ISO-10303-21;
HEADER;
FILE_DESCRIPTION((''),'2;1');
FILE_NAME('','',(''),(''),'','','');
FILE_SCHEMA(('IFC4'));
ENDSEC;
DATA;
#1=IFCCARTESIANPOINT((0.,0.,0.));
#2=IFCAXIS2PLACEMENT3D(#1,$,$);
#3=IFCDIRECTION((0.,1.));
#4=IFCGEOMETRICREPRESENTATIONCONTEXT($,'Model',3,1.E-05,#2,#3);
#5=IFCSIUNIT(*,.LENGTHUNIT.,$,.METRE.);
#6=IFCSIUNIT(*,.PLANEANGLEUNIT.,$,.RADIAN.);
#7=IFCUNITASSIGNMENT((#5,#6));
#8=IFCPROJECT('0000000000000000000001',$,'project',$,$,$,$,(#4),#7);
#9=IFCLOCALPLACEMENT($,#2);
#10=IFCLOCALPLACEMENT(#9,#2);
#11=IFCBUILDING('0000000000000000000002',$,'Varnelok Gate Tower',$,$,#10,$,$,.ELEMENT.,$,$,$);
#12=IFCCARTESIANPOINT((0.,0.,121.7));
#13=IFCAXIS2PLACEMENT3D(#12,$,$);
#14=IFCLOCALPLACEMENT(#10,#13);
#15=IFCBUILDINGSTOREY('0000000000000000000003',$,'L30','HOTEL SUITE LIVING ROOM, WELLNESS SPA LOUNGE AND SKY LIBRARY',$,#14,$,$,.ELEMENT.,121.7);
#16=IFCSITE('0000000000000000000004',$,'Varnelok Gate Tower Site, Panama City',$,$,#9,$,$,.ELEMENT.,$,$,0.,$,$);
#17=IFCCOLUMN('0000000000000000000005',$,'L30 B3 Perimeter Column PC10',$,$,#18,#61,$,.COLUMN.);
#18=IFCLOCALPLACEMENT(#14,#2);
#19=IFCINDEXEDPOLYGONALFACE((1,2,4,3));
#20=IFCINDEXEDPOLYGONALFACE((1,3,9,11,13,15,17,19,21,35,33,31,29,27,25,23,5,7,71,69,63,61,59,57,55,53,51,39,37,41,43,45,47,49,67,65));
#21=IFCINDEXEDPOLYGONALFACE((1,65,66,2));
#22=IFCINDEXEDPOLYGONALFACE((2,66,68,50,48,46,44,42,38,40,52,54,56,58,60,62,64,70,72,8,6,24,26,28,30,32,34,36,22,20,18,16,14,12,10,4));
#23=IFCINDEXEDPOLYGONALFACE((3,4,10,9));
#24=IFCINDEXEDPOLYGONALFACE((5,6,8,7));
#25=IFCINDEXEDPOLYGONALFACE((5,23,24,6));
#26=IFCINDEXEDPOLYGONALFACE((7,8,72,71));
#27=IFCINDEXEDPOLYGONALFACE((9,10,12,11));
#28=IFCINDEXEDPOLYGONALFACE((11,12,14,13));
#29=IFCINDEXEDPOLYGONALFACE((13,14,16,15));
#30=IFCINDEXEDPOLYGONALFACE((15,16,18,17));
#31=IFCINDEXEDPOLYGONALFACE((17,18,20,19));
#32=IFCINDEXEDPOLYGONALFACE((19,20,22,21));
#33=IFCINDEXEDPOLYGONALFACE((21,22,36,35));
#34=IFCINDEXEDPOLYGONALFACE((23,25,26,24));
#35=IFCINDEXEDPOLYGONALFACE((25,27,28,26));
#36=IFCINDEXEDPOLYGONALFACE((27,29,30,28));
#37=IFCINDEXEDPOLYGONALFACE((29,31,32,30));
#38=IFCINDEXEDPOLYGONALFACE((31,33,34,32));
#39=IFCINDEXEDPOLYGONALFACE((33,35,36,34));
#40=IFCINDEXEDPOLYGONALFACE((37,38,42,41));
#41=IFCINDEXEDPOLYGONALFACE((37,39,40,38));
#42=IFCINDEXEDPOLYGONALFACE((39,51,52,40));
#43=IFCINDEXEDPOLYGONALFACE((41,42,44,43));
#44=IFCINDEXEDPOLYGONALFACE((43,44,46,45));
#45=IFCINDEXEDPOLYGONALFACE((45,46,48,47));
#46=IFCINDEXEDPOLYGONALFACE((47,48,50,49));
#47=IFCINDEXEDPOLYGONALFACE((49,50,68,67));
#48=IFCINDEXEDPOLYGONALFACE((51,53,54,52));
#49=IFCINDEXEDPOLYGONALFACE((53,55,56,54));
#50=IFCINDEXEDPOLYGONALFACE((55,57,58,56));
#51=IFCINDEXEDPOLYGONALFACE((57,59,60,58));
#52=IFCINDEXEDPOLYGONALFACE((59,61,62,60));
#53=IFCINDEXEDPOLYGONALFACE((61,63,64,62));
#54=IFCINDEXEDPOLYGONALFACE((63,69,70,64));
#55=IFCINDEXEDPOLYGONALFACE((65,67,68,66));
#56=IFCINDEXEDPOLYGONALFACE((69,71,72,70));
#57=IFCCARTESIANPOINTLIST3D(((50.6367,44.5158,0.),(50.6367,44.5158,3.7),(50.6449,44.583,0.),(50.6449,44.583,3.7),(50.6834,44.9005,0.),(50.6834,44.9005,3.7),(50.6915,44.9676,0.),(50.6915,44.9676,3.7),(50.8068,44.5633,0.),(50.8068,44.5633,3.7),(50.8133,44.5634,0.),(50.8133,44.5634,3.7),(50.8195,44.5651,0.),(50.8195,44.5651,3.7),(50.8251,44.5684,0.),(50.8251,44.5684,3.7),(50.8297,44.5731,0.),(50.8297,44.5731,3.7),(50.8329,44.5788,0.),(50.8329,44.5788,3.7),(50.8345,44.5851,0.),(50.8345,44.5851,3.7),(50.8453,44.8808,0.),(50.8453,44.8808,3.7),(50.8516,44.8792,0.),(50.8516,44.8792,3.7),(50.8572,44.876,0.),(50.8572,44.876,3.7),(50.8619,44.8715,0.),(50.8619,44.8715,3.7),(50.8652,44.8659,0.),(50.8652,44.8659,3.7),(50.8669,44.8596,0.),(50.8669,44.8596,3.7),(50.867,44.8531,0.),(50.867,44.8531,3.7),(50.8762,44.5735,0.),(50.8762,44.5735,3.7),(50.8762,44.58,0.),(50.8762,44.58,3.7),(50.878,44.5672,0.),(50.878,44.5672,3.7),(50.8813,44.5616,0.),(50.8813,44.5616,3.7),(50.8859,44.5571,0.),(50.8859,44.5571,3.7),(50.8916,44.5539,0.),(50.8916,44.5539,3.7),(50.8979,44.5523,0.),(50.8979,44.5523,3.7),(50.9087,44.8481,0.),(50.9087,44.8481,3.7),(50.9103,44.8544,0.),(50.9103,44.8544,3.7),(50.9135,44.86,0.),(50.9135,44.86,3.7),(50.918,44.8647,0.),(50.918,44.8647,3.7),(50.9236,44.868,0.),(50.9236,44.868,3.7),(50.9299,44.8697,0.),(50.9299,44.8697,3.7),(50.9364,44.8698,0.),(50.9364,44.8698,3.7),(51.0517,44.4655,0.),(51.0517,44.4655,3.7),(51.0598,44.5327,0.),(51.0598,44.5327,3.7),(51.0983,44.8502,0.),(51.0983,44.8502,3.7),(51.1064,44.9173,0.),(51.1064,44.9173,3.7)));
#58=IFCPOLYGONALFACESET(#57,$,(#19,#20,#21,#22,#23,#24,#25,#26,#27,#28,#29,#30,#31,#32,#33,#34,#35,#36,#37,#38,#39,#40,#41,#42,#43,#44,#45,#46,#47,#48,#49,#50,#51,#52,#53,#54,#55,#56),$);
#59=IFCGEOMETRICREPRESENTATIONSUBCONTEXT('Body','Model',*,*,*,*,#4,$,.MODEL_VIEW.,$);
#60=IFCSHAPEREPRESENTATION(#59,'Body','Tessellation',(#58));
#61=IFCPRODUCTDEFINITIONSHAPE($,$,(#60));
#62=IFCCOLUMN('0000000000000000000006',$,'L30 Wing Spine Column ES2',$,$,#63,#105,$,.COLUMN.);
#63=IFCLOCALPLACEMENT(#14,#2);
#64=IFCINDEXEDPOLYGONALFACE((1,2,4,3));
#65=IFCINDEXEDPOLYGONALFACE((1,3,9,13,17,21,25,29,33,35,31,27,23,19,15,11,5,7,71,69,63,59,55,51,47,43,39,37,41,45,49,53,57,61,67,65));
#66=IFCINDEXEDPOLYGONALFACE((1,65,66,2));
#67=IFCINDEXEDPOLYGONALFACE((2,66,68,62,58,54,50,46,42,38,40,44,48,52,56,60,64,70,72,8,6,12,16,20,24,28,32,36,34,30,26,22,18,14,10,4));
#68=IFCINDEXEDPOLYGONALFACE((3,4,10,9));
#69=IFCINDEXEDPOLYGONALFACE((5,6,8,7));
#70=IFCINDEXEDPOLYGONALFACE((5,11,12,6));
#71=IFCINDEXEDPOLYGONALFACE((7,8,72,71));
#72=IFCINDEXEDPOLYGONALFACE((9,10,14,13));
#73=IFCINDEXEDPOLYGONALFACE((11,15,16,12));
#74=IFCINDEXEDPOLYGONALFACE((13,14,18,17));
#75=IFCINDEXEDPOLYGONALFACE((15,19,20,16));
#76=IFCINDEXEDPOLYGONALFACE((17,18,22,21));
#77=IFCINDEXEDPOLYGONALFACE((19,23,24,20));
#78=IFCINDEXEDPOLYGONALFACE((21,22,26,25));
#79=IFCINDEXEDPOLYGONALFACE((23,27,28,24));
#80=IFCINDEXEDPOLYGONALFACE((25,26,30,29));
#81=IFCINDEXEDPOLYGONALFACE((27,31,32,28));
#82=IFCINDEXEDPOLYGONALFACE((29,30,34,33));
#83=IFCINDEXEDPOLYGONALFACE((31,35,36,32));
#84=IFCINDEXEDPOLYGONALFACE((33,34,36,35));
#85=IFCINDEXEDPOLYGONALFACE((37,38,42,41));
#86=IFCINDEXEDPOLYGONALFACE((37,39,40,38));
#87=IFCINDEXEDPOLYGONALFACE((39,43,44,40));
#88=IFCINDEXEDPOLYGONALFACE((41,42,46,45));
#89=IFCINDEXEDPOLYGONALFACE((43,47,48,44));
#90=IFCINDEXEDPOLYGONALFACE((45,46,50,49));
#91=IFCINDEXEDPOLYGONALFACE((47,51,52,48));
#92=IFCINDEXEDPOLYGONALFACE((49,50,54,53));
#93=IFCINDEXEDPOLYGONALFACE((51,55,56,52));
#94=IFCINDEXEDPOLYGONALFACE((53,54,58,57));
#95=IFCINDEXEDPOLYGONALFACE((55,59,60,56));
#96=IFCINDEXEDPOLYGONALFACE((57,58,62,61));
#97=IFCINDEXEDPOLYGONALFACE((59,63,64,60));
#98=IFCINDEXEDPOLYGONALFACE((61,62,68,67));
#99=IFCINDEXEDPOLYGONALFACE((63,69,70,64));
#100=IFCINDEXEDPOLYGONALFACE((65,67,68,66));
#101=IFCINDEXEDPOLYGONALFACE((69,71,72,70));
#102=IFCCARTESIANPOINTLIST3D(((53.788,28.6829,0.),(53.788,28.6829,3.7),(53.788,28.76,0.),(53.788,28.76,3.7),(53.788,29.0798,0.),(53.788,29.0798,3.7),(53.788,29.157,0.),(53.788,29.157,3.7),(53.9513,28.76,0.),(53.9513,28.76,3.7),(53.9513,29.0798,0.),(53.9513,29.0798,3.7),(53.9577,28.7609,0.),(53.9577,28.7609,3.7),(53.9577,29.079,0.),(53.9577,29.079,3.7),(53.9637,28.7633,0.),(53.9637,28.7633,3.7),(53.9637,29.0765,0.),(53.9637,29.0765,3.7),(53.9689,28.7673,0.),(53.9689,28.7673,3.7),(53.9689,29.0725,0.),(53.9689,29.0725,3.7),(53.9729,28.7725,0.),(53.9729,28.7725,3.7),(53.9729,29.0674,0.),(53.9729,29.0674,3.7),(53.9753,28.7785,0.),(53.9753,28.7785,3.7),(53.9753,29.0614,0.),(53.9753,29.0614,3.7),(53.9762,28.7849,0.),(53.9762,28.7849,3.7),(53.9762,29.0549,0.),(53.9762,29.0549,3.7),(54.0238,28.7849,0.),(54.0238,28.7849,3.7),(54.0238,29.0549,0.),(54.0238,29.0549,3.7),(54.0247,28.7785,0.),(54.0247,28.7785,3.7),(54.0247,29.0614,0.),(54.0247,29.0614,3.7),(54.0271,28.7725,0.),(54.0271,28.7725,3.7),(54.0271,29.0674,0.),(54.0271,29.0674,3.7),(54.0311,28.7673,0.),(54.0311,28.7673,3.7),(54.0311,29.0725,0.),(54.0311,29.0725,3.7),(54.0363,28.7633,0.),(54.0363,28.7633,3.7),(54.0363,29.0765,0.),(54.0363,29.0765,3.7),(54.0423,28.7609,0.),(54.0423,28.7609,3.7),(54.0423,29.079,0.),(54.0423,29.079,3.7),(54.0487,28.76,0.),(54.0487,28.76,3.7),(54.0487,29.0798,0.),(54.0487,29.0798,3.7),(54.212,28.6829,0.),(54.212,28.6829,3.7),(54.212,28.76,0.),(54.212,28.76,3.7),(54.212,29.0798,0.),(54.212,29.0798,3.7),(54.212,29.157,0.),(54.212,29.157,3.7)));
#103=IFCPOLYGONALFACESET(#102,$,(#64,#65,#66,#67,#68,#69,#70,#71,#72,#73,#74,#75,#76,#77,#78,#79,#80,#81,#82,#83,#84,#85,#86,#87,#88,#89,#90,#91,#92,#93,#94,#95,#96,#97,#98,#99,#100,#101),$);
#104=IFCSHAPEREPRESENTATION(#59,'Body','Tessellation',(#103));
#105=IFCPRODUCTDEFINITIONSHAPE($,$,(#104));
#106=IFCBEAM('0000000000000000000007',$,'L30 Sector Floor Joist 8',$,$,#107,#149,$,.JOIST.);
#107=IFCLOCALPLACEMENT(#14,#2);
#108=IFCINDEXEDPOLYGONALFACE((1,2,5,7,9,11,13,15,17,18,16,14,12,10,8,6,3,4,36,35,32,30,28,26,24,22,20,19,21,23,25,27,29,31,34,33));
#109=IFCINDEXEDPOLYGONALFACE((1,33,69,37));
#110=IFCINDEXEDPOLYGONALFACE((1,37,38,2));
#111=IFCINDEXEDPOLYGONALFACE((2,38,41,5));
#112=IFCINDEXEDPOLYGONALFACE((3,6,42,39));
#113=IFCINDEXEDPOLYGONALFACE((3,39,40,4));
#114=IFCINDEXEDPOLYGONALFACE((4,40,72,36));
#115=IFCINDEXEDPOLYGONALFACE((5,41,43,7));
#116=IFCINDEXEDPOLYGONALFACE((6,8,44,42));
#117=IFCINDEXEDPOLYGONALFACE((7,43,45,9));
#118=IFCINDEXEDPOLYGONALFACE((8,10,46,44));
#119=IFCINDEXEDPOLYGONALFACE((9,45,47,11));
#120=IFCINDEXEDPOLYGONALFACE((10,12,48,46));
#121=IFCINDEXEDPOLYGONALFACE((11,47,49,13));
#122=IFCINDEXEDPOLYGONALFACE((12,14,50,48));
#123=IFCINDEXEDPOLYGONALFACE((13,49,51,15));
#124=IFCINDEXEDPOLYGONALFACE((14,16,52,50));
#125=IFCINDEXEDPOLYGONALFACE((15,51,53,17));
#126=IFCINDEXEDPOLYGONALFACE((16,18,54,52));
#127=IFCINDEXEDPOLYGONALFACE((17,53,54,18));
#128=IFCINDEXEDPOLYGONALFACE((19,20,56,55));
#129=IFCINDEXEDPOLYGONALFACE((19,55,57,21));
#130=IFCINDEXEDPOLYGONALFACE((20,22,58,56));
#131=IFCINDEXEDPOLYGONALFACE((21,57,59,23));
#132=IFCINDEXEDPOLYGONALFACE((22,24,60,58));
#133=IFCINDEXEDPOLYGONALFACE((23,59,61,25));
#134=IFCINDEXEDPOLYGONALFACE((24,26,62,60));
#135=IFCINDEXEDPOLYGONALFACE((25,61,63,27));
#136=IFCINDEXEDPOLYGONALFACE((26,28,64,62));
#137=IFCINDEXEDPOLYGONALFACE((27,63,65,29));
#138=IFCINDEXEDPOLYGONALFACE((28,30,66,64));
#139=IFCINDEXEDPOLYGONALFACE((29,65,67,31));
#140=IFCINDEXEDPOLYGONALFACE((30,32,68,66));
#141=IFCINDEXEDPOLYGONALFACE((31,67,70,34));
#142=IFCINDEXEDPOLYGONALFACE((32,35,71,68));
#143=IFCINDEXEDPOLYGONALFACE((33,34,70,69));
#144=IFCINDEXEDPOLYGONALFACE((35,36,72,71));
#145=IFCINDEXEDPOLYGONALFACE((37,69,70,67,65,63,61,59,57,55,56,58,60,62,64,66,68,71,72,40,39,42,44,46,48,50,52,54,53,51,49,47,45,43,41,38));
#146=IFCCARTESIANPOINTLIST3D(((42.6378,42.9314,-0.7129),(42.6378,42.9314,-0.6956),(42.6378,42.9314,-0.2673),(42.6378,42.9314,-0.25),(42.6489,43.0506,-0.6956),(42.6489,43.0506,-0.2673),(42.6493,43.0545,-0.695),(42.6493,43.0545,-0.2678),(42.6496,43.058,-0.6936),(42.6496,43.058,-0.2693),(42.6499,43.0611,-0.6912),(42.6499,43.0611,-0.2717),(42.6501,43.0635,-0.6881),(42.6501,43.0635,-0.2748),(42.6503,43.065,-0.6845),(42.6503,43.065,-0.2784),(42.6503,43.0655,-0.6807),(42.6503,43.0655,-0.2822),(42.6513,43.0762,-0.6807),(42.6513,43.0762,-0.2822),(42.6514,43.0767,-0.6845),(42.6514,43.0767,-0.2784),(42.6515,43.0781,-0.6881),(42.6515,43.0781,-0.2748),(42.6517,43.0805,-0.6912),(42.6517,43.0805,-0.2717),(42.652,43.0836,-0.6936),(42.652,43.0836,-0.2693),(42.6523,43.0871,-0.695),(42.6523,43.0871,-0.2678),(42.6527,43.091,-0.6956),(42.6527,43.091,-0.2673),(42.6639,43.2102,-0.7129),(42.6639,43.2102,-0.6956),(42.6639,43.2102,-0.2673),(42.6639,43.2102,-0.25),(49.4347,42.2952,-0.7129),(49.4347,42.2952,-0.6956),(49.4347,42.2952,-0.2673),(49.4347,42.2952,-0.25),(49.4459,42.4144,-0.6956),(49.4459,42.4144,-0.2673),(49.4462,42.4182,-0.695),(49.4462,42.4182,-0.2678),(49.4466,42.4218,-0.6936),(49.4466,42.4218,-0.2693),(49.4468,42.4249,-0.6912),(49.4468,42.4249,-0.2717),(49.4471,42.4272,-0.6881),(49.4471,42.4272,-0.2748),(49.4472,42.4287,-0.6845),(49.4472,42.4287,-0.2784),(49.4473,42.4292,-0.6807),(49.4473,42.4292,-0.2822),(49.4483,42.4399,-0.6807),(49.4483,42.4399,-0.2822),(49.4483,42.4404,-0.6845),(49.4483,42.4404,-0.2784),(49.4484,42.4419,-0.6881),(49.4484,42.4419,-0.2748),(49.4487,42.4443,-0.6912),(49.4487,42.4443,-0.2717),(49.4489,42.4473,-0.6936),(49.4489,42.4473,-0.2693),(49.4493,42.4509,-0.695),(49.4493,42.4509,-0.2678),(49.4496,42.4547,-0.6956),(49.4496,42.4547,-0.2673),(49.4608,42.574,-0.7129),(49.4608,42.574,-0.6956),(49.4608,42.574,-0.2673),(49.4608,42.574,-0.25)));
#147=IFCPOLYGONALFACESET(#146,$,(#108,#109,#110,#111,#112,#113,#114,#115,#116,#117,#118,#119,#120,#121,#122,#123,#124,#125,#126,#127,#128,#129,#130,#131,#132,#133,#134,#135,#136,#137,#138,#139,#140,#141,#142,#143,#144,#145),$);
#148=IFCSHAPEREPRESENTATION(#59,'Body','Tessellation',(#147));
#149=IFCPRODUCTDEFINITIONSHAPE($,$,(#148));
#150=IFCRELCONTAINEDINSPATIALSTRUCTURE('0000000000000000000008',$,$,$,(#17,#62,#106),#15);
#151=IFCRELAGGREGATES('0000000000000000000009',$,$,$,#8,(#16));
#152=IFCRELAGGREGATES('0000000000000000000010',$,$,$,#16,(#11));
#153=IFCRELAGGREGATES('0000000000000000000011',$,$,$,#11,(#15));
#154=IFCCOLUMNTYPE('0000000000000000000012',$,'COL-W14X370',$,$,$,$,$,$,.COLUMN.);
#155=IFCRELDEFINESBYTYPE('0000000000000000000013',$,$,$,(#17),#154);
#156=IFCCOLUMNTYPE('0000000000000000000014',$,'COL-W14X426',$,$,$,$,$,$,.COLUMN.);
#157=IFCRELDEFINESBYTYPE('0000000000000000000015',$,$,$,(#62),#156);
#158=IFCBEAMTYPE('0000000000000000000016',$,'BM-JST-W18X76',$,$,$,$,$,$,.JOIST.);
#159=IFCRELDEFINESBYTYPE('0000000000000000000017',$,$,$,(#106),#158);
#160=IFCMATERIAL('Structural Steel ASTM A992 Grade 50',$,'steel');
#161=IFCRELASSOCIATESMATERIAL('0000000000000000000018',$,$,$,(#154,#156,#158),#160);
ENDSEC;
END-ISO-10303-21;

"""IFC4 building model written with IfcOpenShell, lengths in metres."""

from ifc_helpers import new_model, si_unit, direction, frame, origin, origin_2d, place, context, subcontext, project, spatial, i_section, extrude, material, material_profile, profile_set, type_object, element, save


model = new_model("IFC4")

# Units and contexts
model_context = context("Model", 3, precision=1e-05, world=origin(), true_north=direction((0.0, 1.0)))
body_context = subcontext(model_context, "Body", "Model", "MODEL_VIEW")
ifc_project = project(units=[si_unit("LENGTHUNIT", "METRE"), si_unit("PLANEANGLEUNIT", "RADIAN")], contexts=[model_context])

# Site, building, storey
site_placement = place(None, origin())
site = spatial("IfcSite", under=ifc_project, at=site_placement, Name="Varnelok Gate Tower Site, Panama City", CompositionType="ELEMENT", RefElevation=0.0)
building_placement = place(site_placement, origin())
building = spatial("IfcBuilding", under=site, at=building_placement, Name="Varnelok Gate Tower", CompositionType="ELEMENT")
storey_placement = place(building_placement, frame((0.0, 0.0, 121.7)))
storey = spatial("IfcBuildingStorey", under=building, at=storey_placement, Name="L30", Description="HOTEL SUITE LIVING ROOM, WELLNESS SPA LOUNGE AND SKY LIBRARY", CompositionType="ELEMENT", Elevation=121.7)

# Columns
ifc_material_1 = material(Name="Structural Steel ASTM A992 Grade 50", Category="steel")
ifc_material_profile_1 = material_profile(ifc_material_1, i_section(OverallWidth=0.418, OverallDepth=0.4551, WebThickness=0.042, FlangeThickness=0.0676, FilletRadius=0.0249, at=origin_2d()), Name="W14X370")
ifc_profile_set_1 = profile_set([ifc_material_profile_1], Name="Structural Steel ASTM A992 Grade 50")
column_type_1 = type_object("IfcColumnType", Name="COL-W14X370", PredefinedType="COLUMN", material=ifc_profile_set_1)
column_1_placement = place(storey_placement, frame((50.8716, 44.7166, 0.0), z_axis=(0.0, 0.0, 1.0), x_axis=(0.992732, -0.120345, 0.0)))
element("IfcColumn", 1, at=column_1_placement, inside=storey, type_object=column_type_1, Name="L30 B3 Perimeter Column PC10", PredefinedType="COLUMN", context=body_context, shape_type="SweptSolid", body=[
    extrude(i_section(OverallWidth=0.418, OverallDepth=0.4551, WebThickness=0.042, FlangeThickness=0.0676, FilletRadius=0.0249, at=origin_2d()), origin(), (0.0, 0.0, 1.0), 3.7),
])
ifc_material_profile_2 = material_profile(ifc_material_1, i_section(OverallWidth=0.4241, OverallDepth=0.4741, WebThickness=0.0476, FlangeThickness=0.0771, FilletRadius=0.0249, at=origin_2d()), Name="W14X426")
ifc_profile_set_2 = profile_set([ifc_material_profile_2], Name="Structural Steel ASTM A992 Grade 50")
column_type_2 = type_object("IfcColumnType", Name="COL-W14X426", PredefinedType="COLUMN", material=ifc_profile_set_2)
column_2_placement = place(storey_placement, frame((54.0, 28.9199, 0.0), z_axis=(0.0, 0.0, 1.0), x_axis=(1.0, 0.0, 0.0)))
element("IfcColumn", 2, at=column_2_placement, inside=storey, type_object=column_type_2, Name="L30 Wing Spine Column ES2", PredefinedType="COLUMN", context=body_context, shape_type="SweptSolid", body=[
    extrude(i_section(OverallWidth=0.4241, OverallDepth=0.4741, WebThickness=0.0476, FlangeThickness=0.0771, FilletRadius=0.0249, at=origin_2d()), origin(), (0.0, 0.0, 1.0), 3.7),
])

# Beam
ifc_material_profile_3 = material_profile(ifc_material_1, i_section(OverallWidth=0.28, OverallDepth=0.4629, WebThickness=0.0107, FlangeThickness=0.0173, FilletRadius=0.0149, at=origin_2d()), Name="W18X76")
ifc_profile_set_3 = profile_set([ifc_material_profile_3], Name="Structural Steel ASTM A992 Grade 50")
beam_type_1 = type_object("IfcBeamType", Name="BM-JST-W18X76", PredefinedType="JOIST", material=ifc_profile_set_3)
beam_1_placement = place(storey_placement, frame((49.4478, 42.4346, -0.4814), z_axis=(-0.995648, 0.093199, 0.0), x_axis=(-0.093199, -0.995648, 0.0)))
element("IfcBeam", 3, at=beam_1_placement, inside=storey, type_object=beam_type_1, Name="L30 Sector Floor Joist 8", PredefinedType="JOIST", context=body_context, shape_type="SweptSolid", body=[
    extrude(i_section(OverallWidth=0.28, OverallDepth=0.4629, WebThickness=0.0107, FlangeThickness=0.0173, FilletRadius=0.0149, at=origin_2d()), origin(), (0.0, 0.0, 1.0), 6.8267),
])

save(model, "model.ifc")
